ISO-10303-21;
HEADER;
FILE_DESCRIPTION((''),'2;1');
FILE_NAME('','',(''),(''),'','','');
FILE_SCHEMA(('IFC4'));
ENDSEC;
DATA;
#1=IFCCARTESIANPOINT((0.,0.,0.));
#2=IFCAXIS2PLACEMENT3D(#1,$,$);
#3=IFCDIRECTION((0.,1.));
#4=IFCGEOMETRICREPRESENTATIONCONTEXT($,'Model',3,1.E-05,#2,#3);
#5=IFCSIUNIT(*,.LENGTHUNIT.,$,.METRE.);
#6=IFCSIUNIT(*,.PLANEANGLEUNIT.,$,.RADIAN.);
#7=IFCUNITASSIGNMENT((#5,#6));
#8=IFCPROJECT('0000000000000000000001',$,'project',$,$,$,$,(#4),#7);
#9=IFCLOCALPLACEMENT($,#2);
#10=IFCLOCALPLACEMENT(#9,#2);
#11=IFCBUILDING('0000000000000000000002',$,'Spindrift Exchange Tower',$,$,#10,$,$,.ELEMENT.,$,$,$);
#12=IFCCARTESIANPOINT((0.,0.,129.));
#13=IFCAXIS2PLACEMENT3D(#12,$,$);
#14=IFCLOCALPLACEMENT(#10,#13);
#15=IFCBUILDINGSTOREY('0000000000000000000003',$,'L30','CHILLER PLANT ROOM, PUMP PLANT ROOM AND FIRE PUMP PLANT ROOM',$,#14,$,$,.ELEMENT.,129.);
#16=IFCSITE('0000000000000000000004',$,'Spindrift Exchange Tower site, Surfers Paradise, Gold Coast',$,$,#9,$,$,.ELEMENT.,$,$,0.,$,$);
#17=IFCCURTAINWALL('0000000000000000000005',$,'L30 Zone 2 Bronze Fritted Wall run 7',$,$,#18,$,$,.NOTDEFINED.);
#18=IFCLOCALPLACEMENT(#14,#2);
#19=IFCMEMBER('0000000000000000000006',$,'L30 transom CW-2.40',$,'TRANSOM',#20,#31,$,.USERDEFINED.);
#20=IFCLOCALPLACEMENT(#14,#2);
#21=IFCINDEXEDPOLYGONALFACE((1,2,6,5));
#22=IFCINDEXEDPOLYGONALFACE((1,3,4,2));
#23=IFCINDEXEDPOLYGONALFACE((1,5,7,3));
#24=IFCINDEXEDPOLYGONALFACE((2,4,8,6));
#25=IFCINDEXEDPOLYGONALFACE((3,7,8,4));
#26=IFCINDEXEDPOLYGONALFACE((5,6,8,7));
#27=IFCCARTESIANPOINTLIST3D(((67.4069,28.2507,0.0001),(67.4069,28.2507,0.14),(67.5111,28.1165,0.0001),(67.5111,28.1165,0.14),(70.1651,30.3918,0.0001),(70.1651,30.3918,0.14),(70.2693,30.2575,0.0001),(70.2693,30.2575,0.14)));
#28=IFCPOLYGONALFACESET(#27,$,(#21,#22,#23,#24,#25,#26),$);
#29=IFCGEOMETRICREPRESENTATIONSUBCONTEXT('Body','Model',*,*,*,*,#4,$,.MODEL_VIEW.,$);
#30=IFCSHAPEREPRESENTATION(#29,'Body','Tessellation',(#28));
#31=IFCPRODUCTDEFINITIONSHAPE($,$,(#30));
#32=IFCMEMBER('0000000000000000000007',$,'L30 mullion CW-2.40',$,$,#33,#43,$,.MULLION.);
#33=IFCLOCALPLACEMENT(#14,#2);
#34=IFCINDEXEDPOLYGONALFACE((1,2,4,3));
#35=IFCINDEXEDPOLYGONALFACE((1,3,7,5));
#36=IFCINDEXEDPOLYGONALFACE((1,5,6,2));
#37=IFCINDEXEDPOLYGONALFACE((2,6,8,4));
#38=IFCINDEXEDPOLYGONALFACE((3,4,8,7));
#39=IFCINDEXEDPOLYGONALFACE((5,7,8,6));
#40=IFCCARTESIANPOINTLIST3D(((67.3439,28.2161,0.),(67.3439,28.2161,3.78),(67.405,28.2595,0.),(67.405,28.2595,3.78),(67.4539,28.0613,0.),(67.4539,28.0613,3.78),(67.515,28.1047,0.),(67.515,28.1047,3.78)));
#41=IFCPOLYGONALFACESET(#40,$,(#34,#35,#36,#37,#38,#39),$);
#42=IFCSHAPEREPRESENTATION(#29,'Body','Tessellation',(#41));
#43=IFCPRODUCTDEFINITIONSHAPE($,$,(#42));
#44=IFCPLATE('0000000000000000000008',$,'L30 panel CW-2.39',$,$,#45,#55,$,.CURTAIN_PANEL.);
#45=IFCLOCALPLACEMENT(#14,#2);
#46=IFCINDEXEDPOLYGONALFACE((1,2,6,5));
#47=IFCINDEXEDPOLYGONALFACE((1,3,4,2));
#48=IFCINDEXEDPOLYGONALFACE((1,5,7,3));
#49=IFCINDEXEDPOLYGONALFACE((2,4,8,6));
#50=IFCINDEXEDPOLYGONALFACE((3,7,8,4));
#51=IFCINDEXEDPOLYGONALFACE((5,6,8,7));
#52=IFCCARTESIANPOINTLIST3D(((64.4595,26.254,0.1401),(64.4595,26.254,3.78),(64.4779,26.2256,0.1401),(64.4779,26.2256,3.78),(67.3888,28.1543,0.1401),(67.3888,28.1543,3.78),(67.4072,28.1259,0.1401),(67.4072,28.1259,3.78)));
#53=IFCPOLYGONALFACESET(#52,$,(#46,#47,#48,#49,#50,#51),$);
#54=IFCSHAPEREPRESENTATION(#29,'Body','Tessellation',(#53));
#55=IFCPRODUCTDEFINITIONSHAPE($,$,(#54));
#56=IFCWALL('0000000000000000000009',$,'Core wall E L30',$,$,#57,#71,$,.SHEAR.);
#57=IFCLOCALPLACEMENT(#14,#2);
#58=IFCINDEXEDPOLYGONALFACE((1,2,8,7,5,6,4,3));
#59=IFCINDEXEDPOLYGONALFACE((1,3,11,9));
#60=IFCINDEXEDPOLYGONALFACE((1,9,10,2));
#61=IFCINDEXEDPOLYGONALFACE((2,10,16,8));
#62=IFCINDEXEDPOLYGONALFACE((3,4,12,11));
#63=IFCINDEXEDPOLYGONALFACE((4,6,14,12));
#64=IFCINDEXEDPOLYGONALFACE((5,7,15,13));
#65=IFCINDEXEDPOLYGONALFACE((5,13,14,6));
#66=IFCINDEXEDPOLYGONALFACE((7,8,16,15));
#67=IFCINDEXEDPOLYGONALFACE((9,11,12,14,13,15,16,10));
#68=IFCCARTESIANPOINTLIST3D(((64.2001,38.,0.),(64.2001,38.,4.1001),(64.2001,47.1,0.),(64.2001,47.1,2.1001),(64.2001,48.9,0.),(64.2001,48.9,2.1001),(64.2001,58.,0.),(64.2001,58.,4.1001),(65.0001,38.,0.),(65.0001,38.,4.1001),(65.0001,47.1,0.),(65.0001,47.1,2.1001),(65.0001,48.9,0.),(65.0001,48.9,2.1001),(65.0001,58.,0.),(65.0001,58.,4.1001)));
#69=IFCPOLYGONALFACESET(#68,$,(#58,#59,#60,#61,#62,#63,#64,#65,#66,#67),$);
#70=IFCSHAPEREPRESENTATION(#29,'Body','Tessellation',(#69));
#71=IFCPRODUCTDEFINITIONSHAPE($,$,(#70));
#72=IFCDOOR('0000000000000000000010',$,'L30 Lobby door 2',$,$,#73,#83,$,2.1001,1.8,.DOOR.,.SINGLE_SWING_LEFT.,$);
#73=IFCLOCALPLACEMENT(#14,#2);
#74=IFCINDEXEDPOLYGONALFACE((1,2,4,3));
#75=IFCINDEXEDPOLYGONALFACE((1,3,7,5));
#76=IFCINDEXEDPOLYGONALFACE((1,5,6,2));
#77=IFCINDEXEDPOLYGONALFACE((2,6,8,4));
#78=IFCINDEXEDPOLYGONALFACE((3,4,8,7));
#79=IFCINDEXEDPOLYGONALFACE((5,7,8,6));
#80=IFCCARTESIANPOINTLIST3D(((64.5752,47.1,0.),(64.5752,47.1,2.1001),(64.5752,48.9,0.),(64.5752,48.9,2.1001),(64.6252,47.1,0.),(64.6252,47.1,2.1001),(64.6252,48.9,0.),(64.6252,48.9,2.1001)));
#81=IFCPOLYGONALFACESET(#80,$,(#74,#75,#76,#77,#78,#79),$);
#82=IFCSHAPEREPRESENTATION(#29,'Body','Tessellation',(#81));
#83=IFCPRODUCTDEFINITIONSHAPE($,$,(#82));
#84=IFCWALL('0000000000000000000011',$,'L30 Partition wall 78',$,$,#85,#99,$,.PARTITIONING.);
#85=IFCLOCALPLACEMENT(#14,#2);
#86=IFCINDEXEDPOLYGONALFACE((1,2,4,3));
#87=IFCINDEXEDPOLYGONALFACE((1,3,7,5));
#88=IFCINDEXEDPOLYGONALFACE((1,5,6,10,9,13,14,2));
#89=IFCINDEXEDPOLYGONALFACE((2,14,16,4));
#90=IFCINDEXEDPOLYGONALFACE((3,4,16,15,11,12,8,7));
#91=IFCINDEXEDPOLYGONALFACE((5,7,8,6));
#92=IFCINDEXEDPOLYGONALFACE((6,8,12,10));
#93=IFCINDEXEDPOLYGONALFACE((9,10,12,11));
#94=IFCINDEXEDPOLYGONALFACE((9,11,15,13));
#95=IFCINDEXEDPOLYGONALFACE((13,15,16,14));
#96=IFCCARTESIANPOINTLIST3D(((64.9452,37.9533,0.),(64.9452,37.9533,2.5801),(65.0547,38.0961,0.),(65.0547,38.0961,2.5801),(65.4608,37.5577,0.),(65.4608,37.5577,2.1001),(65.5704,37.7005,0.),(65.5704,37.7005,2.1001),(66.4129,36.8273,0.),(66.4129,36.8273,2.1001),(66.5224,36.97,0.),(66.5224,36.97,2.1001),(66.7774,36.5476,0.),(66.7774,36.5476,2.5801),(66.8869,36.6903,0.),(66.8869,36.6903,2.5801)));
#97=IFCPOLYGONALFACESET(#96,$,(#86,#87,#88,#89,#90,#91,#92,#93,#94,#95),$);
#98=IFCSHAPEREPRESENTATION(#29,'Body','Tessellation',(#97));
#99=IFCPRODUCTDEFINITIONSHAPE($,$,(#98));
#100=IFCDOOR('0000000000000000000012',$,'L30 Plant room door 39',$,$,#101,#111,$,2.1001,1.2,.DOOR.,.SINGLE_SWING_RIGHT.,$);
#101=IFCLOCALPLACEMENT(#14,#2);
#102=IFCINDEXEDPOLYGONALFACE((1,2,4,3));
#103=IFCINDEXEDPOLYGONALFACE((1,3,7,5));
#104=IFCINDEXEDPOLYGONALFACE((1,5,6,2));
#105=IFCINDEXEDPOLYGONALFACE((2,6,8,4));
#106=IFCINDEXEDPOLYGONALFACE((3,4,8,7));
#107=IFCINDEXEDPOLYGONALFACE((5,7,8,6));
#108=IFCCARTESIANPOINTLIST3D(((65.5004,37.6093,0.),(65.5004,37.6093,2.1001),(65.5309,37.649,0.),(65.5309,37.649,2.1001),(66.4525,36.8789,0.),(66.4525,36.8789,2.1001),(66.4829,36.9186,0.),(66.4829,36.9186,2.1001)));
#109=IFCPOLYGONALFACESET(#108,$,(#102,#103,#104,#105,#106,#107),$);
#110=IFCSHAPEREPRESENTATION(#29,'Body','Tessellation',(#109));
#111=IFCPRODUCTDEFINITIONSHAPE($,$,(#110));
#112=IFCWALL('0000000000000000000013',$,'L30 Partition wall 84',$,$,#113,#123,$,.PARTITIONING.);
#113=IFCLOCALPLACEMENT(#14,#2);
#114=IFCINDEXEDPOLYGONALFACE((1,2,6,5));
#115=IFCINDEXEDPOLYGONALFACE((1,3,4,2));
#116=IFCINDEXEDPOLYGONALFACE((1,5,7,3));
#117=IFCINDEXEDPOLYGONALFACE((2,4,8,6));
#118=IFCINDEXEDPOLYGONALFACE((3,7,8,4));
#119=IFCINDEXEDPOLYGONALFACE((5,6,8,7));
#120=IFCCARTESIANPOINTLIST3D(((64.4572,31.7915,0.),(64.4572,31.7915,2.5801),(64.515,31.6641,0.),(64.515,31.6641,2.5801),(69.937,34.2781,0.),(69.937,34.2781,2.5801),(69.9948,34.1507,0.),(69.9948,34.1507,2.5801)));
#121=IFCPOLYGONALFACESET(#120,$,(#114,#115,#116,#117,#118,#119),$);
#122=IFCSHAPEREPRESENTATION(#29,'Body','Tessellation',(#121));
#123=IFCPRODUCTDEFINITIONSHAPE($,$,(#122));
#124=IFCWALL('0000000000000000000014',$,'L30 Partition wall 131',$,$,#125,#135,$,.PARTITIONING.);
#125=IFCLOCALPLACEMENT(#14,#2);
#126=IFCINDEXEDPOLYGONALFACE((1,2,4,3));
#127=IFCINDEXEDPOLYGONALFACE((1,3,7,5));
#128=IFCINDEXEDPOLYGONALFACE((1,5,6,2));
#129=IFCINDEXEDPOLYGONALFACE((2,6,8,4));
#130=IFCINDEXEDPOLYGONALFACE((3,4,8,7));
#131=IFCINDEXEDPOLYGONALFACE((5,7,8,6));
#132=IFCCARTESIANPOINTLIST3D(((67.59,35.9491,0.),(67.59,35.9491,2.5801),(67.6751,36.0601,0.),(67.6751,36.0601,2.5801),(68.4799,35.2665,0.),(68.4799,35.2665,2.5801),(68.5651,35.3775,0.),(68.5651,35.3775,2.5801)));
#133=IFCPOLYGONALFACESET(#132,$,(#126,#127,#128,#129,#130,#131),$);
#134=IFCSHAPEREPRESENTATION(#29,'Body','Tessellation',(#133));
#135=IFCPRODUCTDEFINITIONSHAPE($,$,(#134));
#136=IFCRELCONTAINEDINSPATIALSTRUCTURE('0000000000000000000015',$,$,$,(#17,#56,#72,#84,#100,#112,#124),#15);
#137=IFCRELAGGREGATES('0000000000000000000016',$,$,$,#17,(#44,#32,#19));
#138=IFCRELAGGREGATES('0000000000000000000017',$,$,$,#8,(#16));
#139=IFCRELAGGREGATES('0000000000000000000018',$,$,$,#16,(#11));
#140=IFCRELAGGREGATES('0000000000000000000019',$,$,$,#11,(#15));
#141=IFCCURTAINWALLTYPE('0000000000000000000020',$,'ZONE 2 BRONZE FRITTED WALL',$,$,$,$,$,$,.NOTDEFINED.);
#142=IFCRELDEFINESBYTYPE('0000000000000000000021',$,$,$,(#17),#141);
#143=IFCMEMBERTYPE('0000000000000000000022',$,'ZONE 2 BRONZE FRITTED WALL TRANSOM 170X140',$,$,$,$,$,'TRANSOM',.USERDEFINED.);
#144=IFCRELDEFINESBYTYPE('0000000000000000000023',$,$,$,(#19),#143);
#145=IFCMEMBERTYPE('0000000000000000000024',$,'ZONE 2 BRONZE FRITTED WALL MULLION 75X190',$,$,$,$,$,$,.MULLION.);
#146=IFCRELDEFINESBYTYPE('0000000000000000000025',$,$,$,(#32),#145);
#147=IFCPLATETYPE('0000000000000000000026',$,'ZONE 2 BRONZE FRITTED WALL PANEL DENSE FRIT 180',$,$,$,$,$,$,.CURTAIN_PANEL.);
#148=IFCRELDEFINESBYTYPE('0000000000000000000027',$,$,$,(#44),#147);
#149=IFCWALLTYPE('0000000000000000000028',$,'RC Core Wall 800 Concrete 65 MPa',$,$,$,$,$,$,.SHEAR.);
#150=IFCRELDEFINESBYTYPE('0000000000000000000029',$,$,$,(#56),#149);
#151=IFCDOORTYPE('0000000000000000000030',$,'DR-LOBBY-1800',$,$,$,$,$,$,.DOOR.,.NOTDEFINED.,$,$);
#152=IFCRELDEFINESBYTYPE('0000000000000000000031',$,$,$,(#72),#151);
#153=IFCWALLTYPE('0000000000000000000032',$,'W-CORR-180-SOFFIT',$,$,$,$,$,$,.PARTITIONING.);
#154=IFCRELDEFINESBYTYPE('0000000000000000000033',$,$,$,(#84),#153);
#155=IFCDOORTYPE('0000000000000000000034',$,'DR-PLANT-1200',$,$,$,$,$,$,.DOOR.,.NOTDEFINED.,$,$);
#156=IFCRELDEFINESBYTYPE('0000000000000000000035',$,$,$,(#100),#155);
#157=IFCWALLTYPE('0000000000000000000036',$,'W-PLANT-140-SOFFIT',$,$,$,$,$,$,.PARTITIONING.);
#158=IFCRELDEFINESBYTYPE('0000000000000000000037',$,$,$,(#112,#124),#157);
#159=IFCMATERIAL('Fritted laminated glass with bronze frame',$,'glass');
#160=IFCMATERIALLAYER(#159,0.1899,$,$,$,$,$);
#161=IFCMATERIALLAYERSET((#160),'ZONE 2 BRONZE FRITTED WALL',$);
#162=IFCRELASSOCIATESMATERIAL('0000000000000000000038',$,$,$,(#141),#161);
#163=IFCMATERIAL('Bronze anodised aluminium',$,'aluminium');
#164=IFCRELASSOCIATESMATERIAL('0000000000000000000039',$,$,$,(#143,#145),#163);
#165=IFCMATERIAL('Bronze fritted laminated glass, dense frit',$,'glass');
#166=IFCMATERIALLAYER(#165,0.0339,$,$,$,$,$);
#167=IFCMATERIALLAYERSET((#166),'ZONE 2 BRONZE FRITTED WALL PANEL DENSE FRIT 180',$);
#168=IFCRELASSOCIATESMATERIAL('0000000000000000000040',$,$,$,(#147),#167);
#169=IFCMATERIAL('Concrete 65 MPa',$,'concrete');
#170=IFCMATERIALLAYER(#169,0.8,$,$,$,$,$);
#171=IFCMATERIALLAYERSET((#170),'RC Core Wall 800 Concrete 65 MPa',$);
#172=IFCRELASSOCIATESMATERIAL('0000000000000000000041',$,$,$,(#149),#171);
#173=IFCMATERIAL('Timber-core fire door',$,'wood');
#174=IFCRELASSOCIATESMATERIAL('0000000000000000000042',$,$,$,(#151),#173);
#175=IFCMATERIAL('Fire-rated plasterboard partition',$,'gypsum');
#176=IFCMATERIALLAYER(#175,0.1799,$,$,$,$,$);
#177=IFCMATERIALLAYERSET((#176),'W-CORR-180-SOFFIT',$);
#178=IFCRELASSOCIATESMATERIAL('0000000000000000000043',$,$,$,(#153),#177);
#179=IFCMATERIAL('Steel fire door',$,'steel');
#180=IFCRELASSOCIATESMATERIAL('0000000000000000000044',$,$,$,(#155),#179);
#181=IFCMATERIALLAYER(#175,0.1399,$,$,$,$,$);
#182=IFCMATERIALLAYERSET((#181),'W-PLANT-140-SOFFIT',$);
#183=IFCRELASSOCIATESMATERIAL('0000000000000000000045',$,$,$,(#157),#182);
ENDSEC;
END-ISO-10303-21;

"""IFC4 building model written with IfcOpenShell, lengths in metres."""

from ifc_helpers import new_model, si_unit, direction, frame, frame_2d, origin, origin_2d, place, context, subcontext, project, spatial, rectangle, extrude, source, transform, mapped, material, layer, layer_set, material_profile, profile_set, type_object, element, fill, aggregate, save


model = new_model("IFC4")

# Units and contexts
model_context = context("Model", 3, precision=1e-05, world=origin(), true_north=direction((0.0, 1.0)))
body_context = subcontext(model_context, "Body", "Model", "MODEL_VIEW")
ifc_project = project(units=[si_unit("LENGTHUNIT", "METRE"), si_unit("PLANEANGLEUNIT", "RADIAN")], contexts=[model_context])

# Site, building, storey
site_placement = place(None, origin())
site = spatial("IfcSite", under=ifc_project, at=site_placement, Name="Spindrift Exchange Tower site, Surfers Paradise, Gold Coast", CompositionType="ELEMENT", RefElevation=0.0)
building_placement = place(site_placement, origin())
building = spatial("IfcBuilding", under=site, at=building_placement, Name="Spindrift Exchange Tower", CompositionType="ELEMENT")
storey_placement = place(building_placement, frame((0.0, 0.0, 129.0)))
storey = spatial("IfcBuildingStorey", under=building, at=storey_placement, Name="L30", Description="CHILLER PLANT ROOM, PUMP PLANT ROOM AND FIRE PUMP PLANT ROOM", CompositionType="ELEMENT", Elevation=129.0)

# Shared definitions
ifc_material_1 = material(Name="Concrete 65 MPa", Category="concrete")

# Curtain wall, members, plate
ifc_material_2 = material(Name="Fritted laminated glass with bronze frame", Category="glass")
ifc_layer_1 = layer(ifc_material_2, 0.1899)
ifc_layer_set_1 = layer_set([ifc_layer_1], Name="ZONE 2 BRONZE FRITTED WALL")
curtain_wall_type = type_object("IfcCurtainWallType", Name="ZONE 2 BRONZE FRITTED WALL", PredefinedType="NOTDEFINED", material=ifc_layer_set_1)
curtain_wall_placement = place(storey_placement, origin())
curtain_wall = element("IfcCurtainWall", 1, at=curtain_wall_placement, inside=storey, type_object=curtain_wall_type, Name="L30 Zone 2 Bronze Fritted Wall run 7", PredefinedType="NOTDEFINED")
ifc_material_3 = material(Name="Bronze anodised aluminium", Category="aluminium")
ifc_material_profile_1 = material_profile(ifc_material_3, rectangle(XDim=0.1699, YDim=0.1399, at=origin_2d()), Name="ZONE 2 BRONZE FRITTED WALL TRANSOM 170X140")
ifc_profile_set_1 = profile_set([ifc_material_profile_1], Name="Bronze anodised aluminium")
member_type_1 = type_object("IfcMemberType", Name="ZONE 2 BRONZE FRITTED WALL TRANSOM 170X140", ElementType="TRANSOM", PredefinedType="USERDEFINED", material=ifc_profile_set_1)
shared_shape_1 = source(origin(), body_context, "Body", "SweptSolid", [
    extrude(rectangle(XDim=0.1699, YDim=0.1399, at=origin_2d()), origin(), (0.0, 0.0, 1.0), 3.4917),
])
member_1_placement = place(storey_placement, frame((67.459, 28.1836, 0.0701), z_axis=(0.789939, 0.613185, 0.0), x_axis=(-0.613185, 0.789939, 0.0)))
member_1 = element("IfcMember", 2, at=member_1_placement, type_object=member_type_1, Name="L30 transom CW-2.40", ObjectType="TRANSOM", PredefinedType="USERDEFINED", context=body_context, shape_type="MappedRepresentation", body=[
    mapped(shared_shape_1, transform((0.0, 0.0, 0.0), scale=1.0)),
])
ifc_material_profile_2 = material_profile(ifc_material_3, rectangle(XDim=0.075, YDim=0.1899, at=origin_2d()), Name="ZONE 2 BRONZE FRITTED WALL MULLION 75X190")
ifc_profile_set_2 = profile_set([ifc_material_profile_2], Name="Bronze anodised aluminium")
member_type_2 = type_object("IfcMemberType", Name="ZONE 2 BRONZE FRITTED WALL MULLION 75X190", PredefinedType="MULLION", material=ifc_profile_set_2)
shared_shape_2 = source(origin(), body_context, "Body", "SweptSolid", [
    extrude(rectangle(XDim=0.075, YDim=0.1899, at=origin_2d()), origin(), (0.0, 0.0, 1.0), 3.78),
])
member_2_placement = place(storey_placement, frame((67.4294, 28.1604, 0.0), z_axis=(0.0, 0.0, 1.0), x_axis=(0.815159, 0.579238, 0.0)))
member_2 = element("IfcMember", 3, at=member_2_placement, type_object=member_type_2, Name="L30 mullion CW-2.40", PredefinedType="MULLION", context=body_context, shape_type="MappedRepresentation", body=[
    mapped(shared_shape_2, transform((0.0, 0.0, 0.0), scale=1.0)),
])
ifc_material_4 = material(Name="Bronze fritted laminated glass, dense frit", Category="glass")
ifc_layer_2 = layer(ifc_material_4, 0.0339)
ifc_layer_set_2 = layer_set([ifc_layer_2], Name="ZONE 2 BRONZE FRITTED WALL PANEL DENSE FRIT 180")
plate_type = type_object("IfcPlateType", Name="ZONE 2 BRONZE FRITTED WALL PANEL DENSE FRIT 180", PredefinedType="CURTAIN_PANEL", material=ifc_layer_set_2)
shared_shape_3 = source(origin(), body_context, "Body", "SweptSolid", [
    extrude(rectangle(XDim=3.4917, YDim=0.0339, at=origin_2d()), origin(), (0.0, 0.0, 1.0), 3.6399),
])
plate_placement = place(storey_placement, frame((65.9333, 27.1899, 0.1401), z_axis=(0.0, 0.0, 1.0), x_axis=(0.838934, 0.544234, 0.0)))
plate = element("IfcPlate", 4, at=plate_placement, type_object=plate_type, Name="L30 panel CW-2.39", PredefinedType="CURTAIN_PANEL", context=body_context, shape_type="MappedRepresentation", body=[
    mapped(shared_shape_3, transform((0.0, 0.0, 0.0), scale=1.0)),
])
aggregate(curtain_wall, [plate, member_2, member_1])

# Walls, openings, doors
ifc_layer_3 = layer(ifc_material_1, 0.8)
ifc_layer_set_3 = layer_set([ifc_layer_3], Name="RC Core Wall 800 Concrete 65 MPa")
wall_type_1 = type_object("IfcWallType", Name="RC Core Wall 800 Concrete 65 MPa", PredefinedType="SHEAR", material=ifc_layer_set_3)
wall_1_placement = place(storey_placement, frame((64.6001, 38.0, 0.0), z_axis=(0.0, 0.0, 1.0), x_axis=(0.0, 1.0, 0.0)))
wall_1 = element("IfcWall", 5, at=wall_1_placement, inside=storey, type_object=wall_type_1, Name="Core wall E L30", PredefinedType="SHEAR", context=body_context, shape_type="SweptSolid", body=[
    extrude(rectangle(XDim=20.0, YDim=0.8, at=frame_2d((10.0, 0.0))), origin(), (0.0, 0.0, 1.0), 4.1001),
])
opening_1_placement = place(wall_1_placement, frame((9.1001, 0.0, 0.0)))
opening_1 = element("IfcOpeningElement", 6, at=opening_1_placement, cuts=wall_1, PredefinedType="OPENING", context=body_context, shape_type="SweptSolid", body=[
    extrude(rectangle(XDim=1.8, YDim=2.1001, at=frame_2d((0.8999, 1.05))), frame((0.0, 0.4099, 0.0), z_axis=(0.0, -1.0, 0.0), x_axis=(1.0, 0.0, 0.0)), (0.0, 0.0, 1.0), 0.8201),
])
ifc_material_5 = material(Name="Timber-core fire door", Category="wood")
door_type_1 = type_object("IfcDoorType", Name="DR-LOBBY-1800", OperationType="NOTDEFINED", PredefinedType="DOOR", material=ifc_material_5)
shared_shape_4 = source(origin(), body_context, "Body", "SweptSolid", [
    extrude(rectangle(XDim=1.8, YDim=2.1001, at=frame_2d((0.8999, 1.05))), frame((0.0, 0.0249, 0.0), z_axis=(0.0, -1.0, 0.0), x_axis=(1.0, 0.0, 0.0)), (0.0, 0.0, 1.0), 0.05),
])
door_1_placement = place(opening_1_placement, origin())
door_1 = element("IfcDoor", 7, at=door_1_placement, inside=storey, type_object=door_type_1, Name="L30 Lobby door 2", OperationType="SINGLE_SWING_LEFT", OverallHeight=2.1001, OverallWidth=1.8, PredefinedType="DOOR", context=body_context, shape_type="MappedRepresentation", body=[
    mapped(shared_shape_4, transform((0.0, 0.0, 0.0), scale=1.0)),
])
fill(opening_1, door_1)
ifc_material_6 = material(Name="Fire-rated plasterboard partition", Category="gypsum")
ifc_layer_4 = layer(ifc_material_6, 0.1799)
ifc_layer_set_4 = layer_set([ifc_layer_4], Name="W-CORR-180-SOFFIT")
wall_type_2 = type_object("IfcWallType", Name="W-CORR-180-SOFFIT", PredefinedType="PARTITIONING", material=ifc_layer_set_4)
wall_2_placement = place(storey_placement, frame((66.8323, 36.6189, 0.0), z_axis=(0.0, 0.0, 1.0), x_axis=(-0.793394, 0.608709, 0.0)))
wall_2 = element("IfcWall", 8, at=wall_2_placement, inside=storey, type_object=wall_type_2, Name="L30 Partition wall 78", PredefinedType="PARTITIONING", context=body_context, shape_type="SweptSolid", body=[
    extrude(rectangle(XDim=2.3093, YDim=0.1799, at=frame_2d((1.1548, 0.0))), origin(), (0.0, 0.0, 1.0), 2.5801),
])
opening_2_placement = place(wall_2_placement, frame((0.4595, 0.0, 0.0)))
opening_2 = element("IfcOpeningElement", 9, at=opening_2_placement, cuts=wall_2, PredefinedType="OPENING", context=body_context, shape_type="SweptSolid", body=[
    extrude(rectangle(XDim=1.2, YDim=2.1001, at=frame_2d((0.6001, 1.05))), frame((0.0, 0.0999, 0.0), z_axis=(0.0, -1.0, 0.0), x_axis=(1.0, 0.0, 0.0)), (0.0, 0.0, 1.0), 0.2),
])
ifc_material_7 = material(Name="Steel fire door", Category="steel")
door_type_2 = type_object("IfcDoorType", Name="DR-PLANT-1200", OperationType="NOTDEFINED", PredefinedType="DOOR", material=ifc_material_7)
shared_shape_5 = source(origin(), body_context, "Body", "SweptSolid", [
    extrude(rectangle(XDim=1.2, YDim=2.1001, at=frame_2d((0.6001, 1.05))), frame((0.0, 0.0249, 0.0), z_axis=(0.0, -1.0, 0.0), x_axis=(1.0, 0.0, 0.0)), (0.0, 0.0, 1.0), 0.05),
])
door_2_placement = place(opening_2_placement, origin())
door_2 = element("IfcDoor", 10, at=door_2_placement, inside=storey, type_object=door_type_2, Name="L30 Plant room door 39", OperationType="SINGLE_SWING_RIGHT", OverallHeight=2.1001, OverallWidth=1.2, PredefinedType="DOOR", context=body_context, shape_type="MappedRepresentation", body=[
    mapped(shared_shape_5, transform((0.0, 0.0, 0.0), scale=1.0)),
])
fill(opening_2, door_2)

# Walls
ifc_layer_5 = layer(ifc_material_6, 0.1399)
ifc_layer_set_5 = layer_set([ifc_layer_5], Name="W-PLANT-140-SOFFIT")
wall_type_3 = type_object("IfcWallType", Name="W-PLANT-140-SOFFIT", PredefinedType="PARTITIONING", material=ifc_layer_set_5)
wall_3_placement = place(storey_placement, frame((64.4861, 31.7278, 0.0), z_axis=(0.0, 0.0, 1.0), x_axis=(0.91063, 0.413222, 0.0)))
element("IfcWall", 11, at=wall_3_placement, inside=storey, type_object=wall_type_3, Name="L30 Partition wall 84", PredefinedType="PARTITIONING", context=body_context, shape_type="SweptSolid", body=[
    extrude(rectangle(XDim=6.0176, YDim=0.1399, at=frame_2d((3.0088, 0.0))), origin(), (0.0, 0.0, 1.0), 2.5801),
])
wall_4_placement = place(storey_placement, frame((67.6326, 36.0046, 0.0), z_axis=(0.0, 0.0, 1.0), x_axis=(0.793449, -0.608637, 0.0)))
element("IfcWall", 12, at=wall_4_placement, inside=storey, type_object=wall_type_3, Name="L30 Partition wall 131", PredefinedType="PARTITIONING", context=body_context, shape_type="SweptSolid", body=[
    extrude(rectangle(XDim=1.1216, YDim=0.1399, at=frame_2d((0.5608, 0.0))), origin(), (0.0, 0.0, 1.0), 2.5801),
])

save(model, "model.ifc")
